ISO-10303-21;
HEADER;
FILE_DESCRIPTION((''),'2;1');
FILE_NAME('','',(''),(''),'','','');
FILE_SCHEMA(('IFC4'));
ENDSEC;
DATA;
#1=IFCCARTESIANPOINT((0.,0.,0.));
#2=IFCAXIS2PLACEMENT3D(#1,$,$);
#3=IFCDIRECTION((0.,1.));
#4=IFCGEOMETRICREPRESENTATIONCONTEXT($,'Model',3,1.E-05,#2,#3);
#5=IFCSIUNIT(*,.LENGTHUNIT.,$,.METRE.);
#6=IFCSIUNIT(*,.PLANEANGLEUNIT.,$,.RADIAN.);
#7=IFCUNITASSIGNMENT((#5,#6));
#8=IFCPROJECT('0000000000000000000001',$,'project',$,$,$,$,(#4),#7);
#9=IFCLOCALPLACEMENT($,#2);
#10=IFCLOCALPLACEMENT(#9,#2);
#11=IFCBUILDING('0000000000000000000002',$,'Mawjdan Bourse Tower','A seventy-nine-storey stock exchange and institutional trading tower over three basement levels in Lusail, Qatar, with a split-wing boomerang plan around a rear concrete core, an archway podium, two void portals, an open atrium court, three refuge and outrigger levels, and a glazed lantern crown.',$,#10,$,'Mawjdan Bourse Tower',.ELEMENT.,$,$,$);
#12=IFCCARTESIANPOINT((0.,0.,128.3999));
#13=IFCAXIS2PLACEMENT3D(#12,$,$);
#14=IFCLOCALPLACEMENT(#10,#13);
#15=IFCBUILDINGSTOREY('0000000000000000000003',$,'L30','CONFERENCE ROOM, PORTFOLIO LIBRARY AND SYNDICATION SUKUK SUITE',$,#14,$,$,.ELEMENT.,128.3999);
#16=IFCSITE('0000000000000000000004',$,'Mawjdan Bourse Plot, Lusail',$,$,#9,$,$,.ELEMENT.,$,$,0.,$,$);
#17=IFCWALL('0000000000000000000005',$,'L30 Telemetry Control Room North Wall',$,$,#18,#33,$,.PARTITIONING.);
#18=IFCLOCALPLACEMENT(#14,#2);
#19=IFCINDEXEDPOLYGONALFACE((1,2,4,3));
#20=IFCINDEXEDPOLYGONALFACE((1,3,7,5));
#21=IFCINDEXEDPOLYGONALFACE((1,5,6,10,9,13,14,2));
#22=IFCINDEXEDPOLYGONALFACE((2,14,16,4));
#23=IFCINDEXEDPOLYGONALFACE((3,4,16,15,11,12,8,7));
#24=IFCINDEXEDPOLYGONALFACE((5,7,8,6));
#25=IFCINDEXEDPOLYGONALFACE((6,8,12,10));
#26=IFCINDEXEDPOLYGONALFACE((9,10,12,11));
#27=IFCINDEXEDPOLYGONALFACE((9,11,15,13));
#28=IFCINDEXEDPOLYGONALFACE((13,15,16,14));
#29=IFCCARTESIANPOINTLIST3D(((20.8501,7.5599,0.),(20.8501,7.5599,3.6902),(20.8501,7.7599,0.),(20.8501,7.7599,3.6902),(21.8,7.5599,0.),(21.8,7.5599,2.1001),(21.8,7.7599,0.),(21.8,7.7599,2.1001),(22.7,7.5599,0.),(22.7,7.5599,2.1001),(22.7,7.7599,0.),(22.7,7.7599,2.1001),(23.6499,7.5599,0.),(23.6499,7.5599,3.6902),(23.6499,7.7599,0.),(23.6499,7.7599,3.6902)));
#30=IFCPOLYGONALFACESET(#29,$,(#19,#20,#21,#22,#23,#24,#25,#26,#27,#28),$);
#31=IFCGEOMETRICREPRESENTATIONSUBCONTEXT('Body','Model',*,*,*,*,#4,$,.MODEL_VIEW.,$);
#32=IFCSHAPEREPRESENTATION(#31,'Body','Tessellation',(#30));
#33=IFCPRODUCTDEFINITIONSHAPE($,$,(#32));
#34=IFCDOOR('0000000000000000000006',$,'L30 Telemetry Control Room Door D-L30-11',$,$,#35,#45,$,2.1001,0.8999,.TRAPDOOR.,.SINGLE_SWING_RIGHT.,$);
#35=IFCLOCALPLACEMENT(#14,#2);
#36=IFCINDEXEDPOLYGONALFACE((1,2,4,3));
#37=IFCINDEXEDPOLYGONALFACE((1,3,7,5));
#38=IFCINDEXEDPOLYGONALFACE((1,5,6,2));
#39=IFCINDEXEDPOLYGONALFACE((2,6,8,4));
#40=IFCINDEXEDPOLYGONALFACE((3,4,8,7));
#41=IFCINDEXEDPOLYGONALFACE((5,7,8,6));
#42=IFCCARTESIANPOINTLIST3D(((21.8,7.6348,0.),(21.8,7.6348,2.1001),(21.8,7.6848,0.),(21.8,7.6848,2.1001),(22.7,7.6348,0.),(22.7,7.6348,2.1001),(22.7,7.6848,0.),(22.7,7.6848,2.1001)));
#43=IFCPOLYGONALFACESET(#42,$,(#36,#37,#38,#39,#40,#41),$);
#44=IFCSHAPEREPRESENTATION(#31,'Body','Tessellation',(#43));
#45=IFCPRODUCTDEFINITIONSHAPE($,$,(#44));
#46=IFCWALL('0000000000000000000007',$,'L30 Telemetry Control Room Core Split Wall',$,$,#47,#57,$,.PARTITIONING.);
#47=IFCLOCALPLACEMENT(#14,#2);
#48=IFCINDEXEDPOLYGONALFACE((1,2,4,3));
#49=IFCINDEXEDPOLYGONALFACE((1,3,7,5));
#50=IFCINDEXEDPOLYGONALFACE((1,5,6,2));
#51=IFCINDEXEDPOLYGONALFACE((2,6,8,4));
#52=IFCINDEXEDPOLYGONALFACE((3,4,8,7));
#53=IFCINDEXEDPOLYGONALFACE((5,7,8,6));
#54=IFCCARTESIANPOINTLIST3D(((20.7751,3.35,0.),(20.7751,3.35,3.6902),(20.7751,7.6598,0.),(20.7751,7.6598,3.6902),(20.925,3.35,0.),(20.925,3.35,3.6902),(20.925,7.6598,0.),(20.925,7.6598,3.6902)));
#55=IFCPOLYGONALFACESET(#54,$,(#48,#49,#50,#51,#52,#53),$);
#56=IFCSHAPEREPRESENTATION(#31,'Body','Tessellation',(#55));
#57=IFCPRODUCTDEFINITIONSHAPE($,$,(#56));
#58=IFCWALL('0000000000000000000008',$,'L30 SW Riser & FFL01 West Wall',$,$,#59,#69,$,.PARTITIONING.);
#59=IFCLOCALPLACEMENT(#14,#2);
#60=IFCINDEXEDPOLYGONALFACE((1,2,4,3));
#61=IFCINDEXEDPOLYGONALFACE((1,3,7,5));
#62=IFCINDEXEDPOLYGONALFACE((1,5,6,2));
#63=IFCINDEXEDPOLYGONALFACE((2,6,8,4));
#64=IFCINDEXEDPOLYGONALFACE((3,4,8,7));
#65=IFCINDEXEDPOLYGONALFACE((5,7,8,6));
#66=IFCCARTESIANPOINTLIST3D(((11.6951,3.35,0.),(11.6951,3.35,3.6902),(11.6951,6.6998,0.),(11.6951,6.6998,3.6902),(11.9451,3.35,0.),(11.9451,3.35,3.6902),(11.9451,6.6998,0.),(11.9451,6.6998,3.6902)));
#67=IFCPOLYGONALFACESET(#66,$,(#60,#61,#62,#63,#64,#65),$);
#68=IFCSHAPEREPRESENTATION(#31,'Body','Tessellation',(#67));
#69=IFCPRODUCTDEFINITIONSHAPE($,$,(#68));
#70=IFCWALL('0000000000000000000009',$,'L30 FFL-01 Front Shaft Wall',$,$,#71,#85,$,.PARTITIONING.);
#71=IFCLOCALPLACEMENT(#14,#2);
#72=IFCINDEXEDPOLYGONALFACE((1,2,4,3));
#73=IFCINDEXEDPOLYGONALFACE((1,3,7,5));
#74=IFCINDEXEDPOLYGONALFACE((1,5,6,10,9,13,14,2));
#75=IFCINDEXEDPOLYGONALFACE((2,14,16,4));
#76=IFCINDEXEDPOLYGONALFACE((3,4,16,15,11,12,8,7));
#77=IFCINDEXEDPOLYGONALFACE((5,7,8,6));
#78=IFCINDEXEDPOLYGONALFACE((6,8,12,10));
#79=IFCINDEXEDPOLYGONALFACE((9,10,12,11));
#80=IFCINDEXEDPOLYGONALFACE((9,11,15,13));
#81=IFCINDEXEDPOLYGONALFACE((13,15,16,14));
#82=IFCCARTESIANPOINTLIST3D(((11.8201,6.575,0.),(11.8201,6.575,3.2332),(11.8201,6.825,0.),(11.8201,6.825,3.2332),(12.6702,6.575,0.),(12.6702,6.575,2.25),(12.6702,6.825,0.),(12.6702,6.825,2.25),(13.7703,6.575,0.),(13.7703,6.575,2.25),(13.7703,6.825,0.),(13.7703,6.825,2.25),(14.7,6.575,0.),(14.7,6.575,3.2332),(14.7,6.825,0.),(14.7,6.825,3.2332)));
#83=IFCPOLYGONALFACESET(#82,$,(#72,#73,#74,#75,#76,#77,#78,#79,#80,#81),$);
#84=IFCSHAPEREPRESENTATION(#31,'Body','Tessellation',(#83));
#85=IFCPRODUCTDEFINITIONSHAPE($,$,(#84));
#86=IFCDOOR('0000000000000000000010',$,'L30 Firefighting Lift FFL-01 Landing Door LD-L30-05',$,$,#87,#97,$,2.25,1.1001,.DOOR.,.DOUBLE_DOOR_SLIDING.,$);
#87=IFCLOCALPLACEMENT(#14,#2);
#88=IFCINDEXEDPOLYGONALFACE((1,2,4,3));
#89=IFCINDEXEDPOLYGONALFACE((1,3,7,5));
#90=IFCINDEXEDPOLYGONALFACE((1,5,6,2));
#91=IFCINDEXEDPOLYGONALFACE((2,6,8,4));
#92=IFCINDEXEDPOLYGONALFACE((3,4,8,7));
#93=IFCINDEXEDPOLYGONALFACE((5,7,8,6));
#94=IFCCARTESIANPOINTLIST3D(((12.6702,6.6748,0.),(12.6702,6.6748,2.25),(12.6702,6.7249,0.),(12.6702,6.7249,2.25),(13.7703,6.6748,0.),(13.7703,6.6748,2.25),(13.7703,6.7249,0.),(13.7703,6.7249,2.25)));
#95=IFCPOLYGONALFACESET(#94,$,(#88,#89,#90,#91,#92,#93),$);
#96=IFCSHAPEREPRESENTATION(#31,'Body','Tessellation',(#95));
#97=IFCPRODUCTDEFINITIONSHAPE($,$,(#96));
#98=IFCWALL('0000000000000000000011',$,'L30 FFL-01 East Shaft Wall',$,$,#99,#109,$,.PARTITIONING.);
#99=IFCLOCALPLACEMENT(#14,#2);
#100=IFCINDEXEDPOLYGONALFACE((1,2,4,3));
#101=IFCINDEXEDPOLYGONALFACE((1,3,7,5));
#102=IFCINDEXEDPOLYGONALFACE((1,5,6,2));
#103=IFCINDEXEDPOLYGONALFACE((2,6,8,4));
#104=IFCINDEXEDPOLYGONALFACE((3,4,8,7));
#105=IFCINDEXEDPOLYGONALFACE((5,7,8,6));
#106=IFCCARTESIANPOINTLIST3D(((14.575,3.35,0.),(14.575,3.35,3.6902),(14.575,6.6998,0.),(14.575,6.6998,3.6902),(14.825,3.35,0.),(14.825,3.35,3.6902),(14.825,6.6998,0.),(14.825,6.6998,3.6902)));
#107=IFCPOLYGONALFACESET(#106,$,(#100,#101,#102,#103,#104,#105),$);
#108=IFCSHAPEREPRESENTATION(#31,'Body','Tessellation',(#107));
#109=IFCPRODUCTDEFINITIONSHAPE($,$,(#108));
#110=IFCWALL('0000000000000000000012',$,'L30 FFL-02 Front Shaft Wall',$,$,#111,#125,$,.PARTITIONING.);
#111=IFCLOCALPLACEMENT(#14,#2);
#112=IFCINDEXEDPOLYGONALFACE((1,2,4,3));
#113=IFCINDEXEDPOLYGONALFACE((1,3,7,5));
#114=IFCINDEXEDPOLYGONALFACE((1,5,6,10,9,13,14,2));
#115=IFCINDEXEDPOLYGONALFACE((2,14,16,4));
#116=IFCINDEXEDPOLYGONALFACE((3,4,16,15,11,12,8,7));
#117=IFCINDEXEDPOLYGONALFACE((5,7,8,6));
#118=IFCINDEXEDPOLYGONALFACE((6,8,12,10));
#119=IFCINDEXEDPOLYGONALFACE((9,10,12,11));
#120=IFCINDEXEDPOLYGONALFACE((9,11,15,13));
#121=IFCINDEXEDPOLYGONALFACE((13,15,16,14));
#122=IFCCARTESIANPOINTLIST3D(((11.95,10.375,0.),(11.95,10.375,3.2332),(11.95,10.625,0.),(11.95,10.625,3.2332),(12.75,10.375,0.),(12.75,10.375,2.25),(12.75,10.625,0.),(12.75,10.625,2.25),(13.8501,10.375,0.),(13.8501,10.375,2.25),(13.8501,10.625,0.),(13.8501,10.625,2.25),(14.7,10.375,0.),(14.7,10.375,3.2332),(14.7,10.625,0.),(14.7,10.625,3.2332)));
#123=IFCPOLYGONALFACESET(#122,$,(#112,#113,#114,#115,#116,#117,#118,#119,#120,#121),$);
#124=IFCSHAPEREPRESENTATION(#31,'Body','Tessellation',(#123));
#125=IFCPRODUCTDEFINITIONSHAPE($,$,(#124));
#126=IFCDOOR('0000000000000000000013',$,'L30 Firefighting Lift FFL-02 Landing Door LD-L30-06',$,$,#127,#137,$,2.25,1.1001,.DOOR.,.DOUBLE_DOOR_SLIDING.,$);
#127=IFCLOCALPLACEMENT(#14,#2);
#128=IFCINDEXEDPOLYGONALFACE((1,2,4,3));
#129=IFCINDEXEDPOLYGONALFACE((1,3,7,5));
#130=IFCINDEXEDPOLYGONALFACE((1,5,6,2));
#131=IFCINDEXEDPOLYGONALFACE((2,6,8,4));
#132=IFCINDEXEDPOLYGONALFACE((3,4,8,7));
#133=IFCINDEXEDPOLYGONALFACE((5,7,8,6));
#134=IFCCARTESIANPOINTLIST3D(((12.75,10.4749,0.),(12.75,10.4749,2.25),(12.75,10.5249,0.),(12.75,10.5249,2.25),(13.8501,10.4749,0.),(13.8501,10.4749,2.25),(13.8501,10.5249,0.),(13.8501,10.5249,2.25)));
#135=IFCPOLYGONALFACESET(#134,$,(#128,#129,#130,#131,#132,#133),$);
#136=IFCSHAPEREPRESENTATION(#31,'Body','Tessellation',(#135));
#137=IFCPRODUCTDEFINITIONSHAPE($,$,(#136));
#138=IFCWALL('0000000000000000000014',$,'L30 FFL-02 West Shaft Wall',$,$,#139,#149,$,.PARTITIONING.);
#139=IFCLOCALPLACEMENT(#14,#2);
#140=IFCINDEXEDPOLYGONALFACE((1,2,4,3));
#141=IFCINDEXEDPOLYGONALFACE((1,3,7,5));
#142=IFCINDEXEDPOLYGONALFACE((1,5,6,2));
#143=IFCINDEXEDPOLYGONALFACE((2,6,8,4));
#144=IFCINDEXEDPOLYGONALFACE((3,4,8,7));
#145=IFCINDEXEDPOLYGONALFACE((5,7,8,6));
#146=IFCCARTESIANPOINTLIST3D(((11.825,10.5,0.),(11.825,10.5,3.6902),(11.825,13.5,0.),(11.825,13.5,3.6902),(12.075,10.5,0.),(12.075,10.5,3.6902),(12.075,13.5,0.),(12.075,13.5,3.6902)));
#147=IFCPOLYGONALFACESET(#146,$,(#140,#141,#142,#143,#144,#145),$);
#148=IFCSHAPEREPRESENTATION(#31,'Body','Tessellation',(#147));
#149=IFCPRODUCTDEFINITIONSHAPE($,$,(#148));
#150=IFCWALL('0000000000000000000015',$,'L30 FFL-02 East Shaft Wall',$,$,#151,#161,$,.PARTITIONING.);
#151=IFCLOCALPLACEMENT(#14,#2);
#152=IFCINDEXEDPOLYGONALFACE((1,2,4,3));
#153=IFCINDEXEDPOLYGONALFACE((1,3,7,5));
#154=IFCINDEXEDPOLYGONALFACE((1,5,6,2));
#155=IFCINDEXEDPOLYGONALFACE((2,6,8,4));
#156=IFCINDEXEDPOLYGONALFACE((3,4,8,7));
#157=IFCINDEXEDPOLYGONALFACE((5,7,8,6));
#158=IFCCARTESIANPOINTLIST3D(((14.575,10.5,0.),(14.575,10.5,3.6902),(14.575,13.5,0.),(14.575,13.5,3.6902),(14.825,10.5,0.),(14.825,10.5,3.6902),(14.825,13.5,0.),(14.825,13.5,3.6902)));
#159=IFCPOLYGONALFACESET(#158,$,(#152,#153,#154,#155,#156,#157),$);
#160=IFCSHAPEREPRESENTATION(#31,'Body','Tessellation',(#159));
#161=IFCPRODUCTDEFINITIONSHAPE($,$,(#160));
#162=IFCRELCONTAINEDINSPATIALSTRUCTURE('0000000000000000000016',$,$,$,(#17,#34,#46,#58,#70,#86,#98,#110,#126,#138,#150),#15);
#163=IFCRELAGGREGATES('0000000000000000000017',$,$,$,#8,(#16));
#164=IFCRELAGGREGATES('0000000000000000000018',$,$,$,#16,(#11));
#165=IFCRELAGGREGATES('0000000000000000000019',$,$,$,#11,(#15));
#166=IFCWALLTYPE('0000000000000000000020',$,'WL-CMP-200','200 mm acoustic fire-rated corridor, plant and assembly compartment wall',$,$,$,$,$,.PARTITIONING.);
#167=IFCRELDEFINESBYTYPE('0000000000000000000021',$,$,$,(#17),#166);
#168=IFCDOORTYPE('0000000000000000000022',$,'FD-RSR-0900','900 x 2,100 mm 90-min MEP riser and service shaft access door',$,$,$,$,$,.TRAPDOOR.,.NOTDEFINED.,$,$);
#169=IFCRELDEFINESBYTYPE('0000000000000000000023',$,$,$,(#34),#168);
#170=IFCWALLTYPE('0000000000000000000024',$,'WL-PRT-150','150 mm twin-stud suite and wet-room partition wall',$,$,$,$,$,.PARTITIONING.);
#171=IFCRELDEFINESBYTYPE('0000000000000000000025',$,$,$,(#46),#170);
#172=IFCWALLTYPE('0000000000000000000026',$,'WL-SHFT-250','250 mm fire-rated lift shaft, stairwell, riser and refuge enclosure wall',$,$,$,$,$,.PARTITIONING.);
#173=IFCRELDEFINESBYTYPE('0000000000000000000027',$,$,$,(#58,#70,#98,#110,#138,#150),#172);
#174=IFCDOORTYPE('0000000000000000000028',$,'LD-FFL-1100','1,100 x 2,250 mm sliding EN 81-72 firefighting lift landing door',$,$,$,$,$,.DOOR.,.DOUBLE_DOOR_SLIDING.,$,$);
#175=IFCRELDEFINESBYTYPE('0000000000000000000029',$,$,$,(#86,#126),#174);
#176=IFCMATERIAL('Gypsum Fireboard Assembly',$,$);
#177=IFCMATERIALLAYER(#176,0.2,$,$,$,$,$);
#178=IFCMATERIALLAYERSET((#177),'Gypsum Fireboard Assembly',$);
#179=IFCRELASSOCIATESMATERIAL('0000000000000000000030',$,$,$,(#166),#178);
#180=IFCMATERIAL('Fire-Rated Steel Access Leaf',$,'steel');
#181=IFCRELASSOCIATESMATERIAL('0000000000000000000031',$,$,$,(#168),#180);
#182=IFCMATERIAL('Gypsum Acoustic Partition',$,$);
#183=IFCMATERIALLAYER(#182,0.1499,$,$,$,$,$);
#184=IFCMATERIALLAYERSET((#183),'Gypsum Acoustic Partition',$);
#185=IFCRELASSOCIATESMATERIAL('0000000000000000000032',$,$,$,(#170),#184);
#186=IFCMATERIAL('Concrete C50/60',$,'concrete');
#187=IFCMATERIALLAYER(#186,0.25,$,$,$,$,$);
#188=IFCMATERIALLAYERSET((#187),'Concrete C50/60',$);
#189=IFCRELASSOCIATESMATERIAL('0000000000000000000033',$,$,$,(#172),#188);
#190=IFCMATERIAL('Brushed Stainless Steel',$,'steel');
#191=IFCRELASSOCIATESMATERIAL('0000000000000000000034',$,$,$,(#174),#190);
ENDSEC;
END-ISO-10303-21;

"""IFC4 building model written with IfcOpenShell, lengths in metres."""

from ifc_helpers import new_model, si_unit, direction, frame, frame_2d, origin, place, context, subcontext, project, spatial, rectangle, extrude, material, layer, layer_set, type_object, element, fill, save


model = new_model("IFC4")

# Units and contexts
model_context = context("Model", 3, precision=1e-05, world=origin(), true_north=direction((0.0, 1.0)))
body_context = subcontext(model_context, "Body", "Model", "MODEL_VIEW")
ifc_project = project(units=[si_unit("LENGTHUNIT", "METRE"), si_unit("PLANEANGLEUNIT", "RADIAN")], contexts=[model_context])

# Site, building, storey
site_placement = place(None, origin())
site = spatial("IfcSite", under=ifc_project, at=site_placement, Name="Mawjdan Bourse Plot, Lusail", CompositionType="ELEMENT", RefElevation=0.0)
building_placement = place(site_placement, origin())
building = spatial("IfcBuilding", under=site, at=building_placement, Name="Mawjdan Bourse Tower", Description="A seventy-nine-storey stock exchange and institutional trading tower over three basement levels in Lusail, Qatar, with a split-wing boomerang plan around a rear concrete core, an archway podium, two void portals, an open atrium court, three refuge and outrigger levels, and a glazed lantern crown.", LongName="Mawjdan Bourse Tower", CompositionType="ELEMENT")
storey_placement = place(building_placement, frame((0.0, 0.0, 128.3999)))
storey = spatial("IfcBuildingStorey", under=building, at=storey_placement, Name="L30", Description="CONFERENCE ROOM, PORTFOLIO LIBRARY AND SYNDICATION SUKUK SUITE", CompositionType="ELEMENT", Elevation=128.3999)

# Wall, opening, door
ifc_material_1 = material(Name="Gypsum Fireboard Assembly")
ifc_layer_1 = layer(ifc_material_1, 0.2)
ifc_layer_set_1 = layer_set([ifc_layer_1], Name="Gypsum Fireboard Assembly")
wall_type_1 = type_object("IfcWallType", Name="WL-CMP-200", Description="200 mm acoustic fire-rated corridor, plant and assembly compartment wall", PredefinedType="PARTITIONING", material=ifc_layer_set_1)
wall_1_placement = place(storey_placement, frame((20.8501, 7.6599, 0.0), z_axis=(0.0, 0.0, 1.0), x_axis=(1.0, 0.0, 0.0)))
wall_1 = element("IfcWall", 1, at=wall_1_placement, inside=storey, type_object=wall_type_1, Name="L30 Telemetry Control Room North Wall", PredefinedType="PARTITIONING", context=body_context, shape_type="SweptSolid", body=[
    extrude(rectangle(XDim=2.7998, YDim=0.2, at=frame_2d((1.3999, 0.0))), origin(), (0.0, 0.0, 1.0), 3.6902),
])
opening_1_placement = place(wall_1_placement, frame((0.95, 0.0, 0.0)))
opening_1 = element("IfcOpeningElement", 2, at=opening_1_placement, cuts=wall_1, PredefinedType="OPENING", context=body_context, shape_type="SweptSolid", body=[
    extrude(rectangle(XDim=0.8999, YDim=2.1001, at=frame_2d((0.45, 1.05))), frame((0.0, 0.1099, 0.0), z_axis=(0.0, -1.0, 0.0), x_axis=(1.0, 0.0, 0.0)), (0.0, 0.0, 1.0), 0.22),
])
ifc_material_2 = material(Name="Fire-Rated Steel Access Leaf", Category="steel")
door_type_1 = type_object("IfcDoorType", Name="FD-RSR-0900", Description="900 x 2,100 mm 90-min MEP riser and service shaft access door", OperationType="NOTDEFINED", PredefinedType="TRAPDOOR", material=ifc_material_2)
door_1_placement = place(opening_1_placement, origin())
door_1 = element("IfcDoor", 3, at=door_1_placement, inside=storey, type_object=door_type_1, Name="L30 Telemetry Control Room Door D-L30-11", OperationType="SINGLE_SWING_RIGHT", OverallHeight=2.1001, OverallWidth=0.8999, PredefinedType="TRAPDOOR", context=body_context, shape_type="SweptSolid", body=[
    extrude(rectangle(XDim=0.8999, YDim=2.1001, at=frame_2d((0.45, 1.05))), frame((0.0, 0.0249, 0.0), z_axis=(0.0, -1.0, 0.0), x_axis=(1.0, 0.0, 0.0)), (0.0, 0.0, 1.0), 0.05),
])
fill(opening_1, door_1)

# Walls
ifc_material_3 = material(Name="Gypsum Acoustic Partition")
ifc_layer_2 = layer(ifc_material_3, 0.1499)
ifc_layer_set_2 = layer_set([ifc_layer_2], Name="Gypsum Acoustic Partition")
wall_type_2 = type_object("IfcWallType", Name="WL-PRT-150", Description="150 mm twin-stud suite and wet-room partition wall", PredefinedType="PARTITIONING", material=ifc_layer_set_2)
wall_2_placement = place(storey_placement, frame((20.8501, 3.3501, 0.0), z_axis=(0.0, 0.0, 1.0), x_axis=(0.0, 1.0, 0.0)))
element("IfcWall", 4, at=wall_2_placement, inside=storey, type_object=wall_type_2, Name="L30 Telemetry Control Room Core Split Wall", PredefinedType="PARTITIONING", context=body_context, shape_type="SweptSolid", body=[
    extrude(rectangle(XDim=4.3098, YDim=0.1499, at=frame_2d((2.1548, 0.0))), origin(), (0.0, 0.0, 1.0), 3.6902),
])
ifc_material_4 = material(Name="Concrete C50/60", Category="concrete")
ifc_layer_3 = layer(ifc_material_4, 0.25)
ifc_layer_set_3 = layer_set([ifc_layer_3], Name="Concrete C50/60")
wall_type_3 = type_object("IfcWallType", Name="WL-SHFT-250", Description="250 mm fire-rated lift shaft, stairwell, riser and refuge enclosure wall", PredefinedType="PARTITIONING", material=ifc_layer_set_3)
wall_3_placement = place(storey_placement, frame((11.8201, 3.3501, 0.0), z_axis=(0.0, 0.0, 1.0), x_axis=(0.0, 1.0, 0.0)))
element("IfcWall", 5, at=wall_3_placement, inside=storey, type_object=wall_type_3, Name="L30 SW Riser & FFL01 West Wall", PredefinedType="PARTITIONING", context=body_context, shape_type="SweptSolid", body=[
    extrude(rectangle(XDim=3.3499, YDim=0.25, at=frame_2d((1.6748, 0.0))), origin(), (0.0, 0.0, 1.0), 3.6902),
])

# Wall, opening, door
wall_4_placement = place(storey_placement, frame((11.8201, 6.7, 0.0), z_axis=(0.0, 0.0, 1.0), x_axis=(1.0, 0.0, 0.0)))
wall_4 = element("IfcWall", 6, at=wall_4_placement, inside=storey, type_object=wall_type_3, Name="L30 FFL-01 Front Shaft Wall", PredefinedType="PARTITIONING", context=body_context, shape_type="SweptSolid", body=[
    extrude(rectangle(XDim=2.8799, YDim=0.25, at=frame_2d((1.4399, 0.0))), origin(), (0.0, 0.0, 1.0), 3.2332),
])
opening_2_placement = place(wall_4_placement, frame((0.8501, 0.0, 0.0)))
opening_2 = element("IfcOpeningElement", 7, at=opening_2_placement, cuts=wall_4, PredefinedType="OPENING", context=body_context, shape_type="SweptSolid", body=[
    extrude(rectangle(XDim=1.1001, YDim=2.25, at=frame_2d((0.55, 1.125))), frame((0.0, 0.135, 0.0), z_axis=(0.0, -1.0, 0.0), x_axis=(1.0, 0.0, 0.0)), (0.0, 0.0, 1.0), 0.27),
])
ifc_material_5 = material(Name="Brushed Stainless Steel", Category="steel")
door_type_2 = type_object("IfcDoorType", Name="LD-FFL-1100", Description="1,100 x 2,250 mm sliding EN 81-72 firefighting lift landing door", OperationType="DOUBLE_DOOR_SLIDING", PredefinedType="DOOR", material=ifc_material_5)
door_2_placement = place(opening_2_placement, origin())
door_2 = element("IfcDoor", 8, at=door_2_placement, inside=storey, type_object=door_type_2, Name="L30 Firefighting Lift FFL-01 Landing Door LD-L30-05", OperationType="DOUBLE_DOOR_SLIDING", OverallHeight=2.25, OverallWidth=1.1001, PredefinedType="DOOR", context=body_context, shape_type="SweptSolid", body=[
    extrude(rectangle(XDim=1.1001, YDim=2.25, at=frame_2d((0.55, 1.125))), frame((0.0, 0.0249, 0.0), z_axis=(0.0, -1.0, 0.0), x_axis=(1.0, 0.0, 0.0)), (0.0, 0.0, 1.0), 0.05),
])
fill(opening_2, door_2)

# Wall
wall_5_placement = place(storey_placement, frame((14.7, 3.3501, 0.0), z_axis=(0.0, 0.0, 1.0), x_axis=(0.0, 1.0, 0.0)))
element("IfcWall", 9, at=wall_5_placement, inside=storey, type_object=wall_type_3, Name="L30 FFL-01 East Shaft Wall", PredefinedType="PARTITIONING", context=body_context, shape_type="SweptSolid", body=[
    extrude(rectangle(XDim=3.3499, YDim=0.25, at=frame_2d((1.6748, 0.0))), origin(), (0.0, 0.0, 1.0), 3.6902),
])

# Wall, opening, door
wall_6_placement = place(storey_placement, frame((11.95, 10.5, 0.0), z_axis=(0.0, 0.0, 1.0), x_axis=(1.0, 0.0, 0.0)))
wall_6 = element("IfcWall", 10, at=wall_6_placement, inside=storey, type_object=wall_type_3, Name="L30 FFL-02 Front Shaft Wall", PredefinedType="PARTITIONING", context=body_context, shape_type="SweptSolid", body=[
    extrude(rectangle(XDim=2.75, YDim=0.25, at=frame_2d((1.375, 0.0))), origin(), (0.0, 0.0, 1.0), 3.2332),
])
opening_3_placement = place(wall_6_placement, frame((0.8, 0.0, 0.0)))
opening_3 = element("IfcOpeningElement", 11, at=opening_3_placement, cuts=wall_6, PredefinedType="OPENING", context=body_context, shape_type="SweptSolid", body=[
    extrude(rectangle(XDim=1.1001, YDim=2.25, at=frame_2d((0.55, 1.125))), frame((0.0, 0.135, 0.0), z_axis=(0.0, -1.0, 0.0), x_axis=(1.0, 0.0, 0.0)), (0.0, 0.0, 1.0), 0.27),
])
door_3_placement = place(opening_3_placement, origin())
door_3 = element("IfcDoor", 12, at=door_3_placement, inside=storey, type_object=door_type_2, Name="L30 Firefighting Lift FFL-02 Landing Door LD-L30-06", OperationType="DOUBLE_DOOR_SLIDING", OverallHeight=2.25, OverallWidth=1.1001, PredefinedType="DOOR", context=body_context, shape_type="SweptSolid", body=[
    extrude(rectangle(XDim=1.1001, YDim=2.25, at=frame_2d((0.55, 1.125))), frame((0.0, 0.0249, 0.0), z_axis=(0.0, -1.0, 0.0), x_axis=(1.0, 0.0, 0.0)), (0.0, 0.0, 1.0), 0.05),
])
fill(opening_3, door_3)

# Walls
for number, where, z_axis, x_axis, name in (
    (13, (11.95, 10.5, 0.0), (0.0, 0.0, 1.0), (0.0, 1.0, 0.0), "L30 FFL-02 West Shaft Wall"),
    (14, (14.7, 10.5, 0.0), (0.0, 0.0, 1.0), (0.0, 1.0, 0.0), "L30 FFL-02 East Shaft Wall"),
):
    element("IfcWall", number, at=place(storey_placement, frame(where, z_axis=z_axis, x_axis=x_axis)), inside=storey, type_object=wall_type_3, Name=name, PredefinedType="PARTITIONING", context=body_context, shape_type="SweptSolid", body=[
        extrude(rectangle(XDim=3.0, YDim=0.25, at=frame_2d((1.5, 0.0))), origin(), (0.0, 0.0, 1.0), 3.6902),
    ])

save(model, "model.ifc")
